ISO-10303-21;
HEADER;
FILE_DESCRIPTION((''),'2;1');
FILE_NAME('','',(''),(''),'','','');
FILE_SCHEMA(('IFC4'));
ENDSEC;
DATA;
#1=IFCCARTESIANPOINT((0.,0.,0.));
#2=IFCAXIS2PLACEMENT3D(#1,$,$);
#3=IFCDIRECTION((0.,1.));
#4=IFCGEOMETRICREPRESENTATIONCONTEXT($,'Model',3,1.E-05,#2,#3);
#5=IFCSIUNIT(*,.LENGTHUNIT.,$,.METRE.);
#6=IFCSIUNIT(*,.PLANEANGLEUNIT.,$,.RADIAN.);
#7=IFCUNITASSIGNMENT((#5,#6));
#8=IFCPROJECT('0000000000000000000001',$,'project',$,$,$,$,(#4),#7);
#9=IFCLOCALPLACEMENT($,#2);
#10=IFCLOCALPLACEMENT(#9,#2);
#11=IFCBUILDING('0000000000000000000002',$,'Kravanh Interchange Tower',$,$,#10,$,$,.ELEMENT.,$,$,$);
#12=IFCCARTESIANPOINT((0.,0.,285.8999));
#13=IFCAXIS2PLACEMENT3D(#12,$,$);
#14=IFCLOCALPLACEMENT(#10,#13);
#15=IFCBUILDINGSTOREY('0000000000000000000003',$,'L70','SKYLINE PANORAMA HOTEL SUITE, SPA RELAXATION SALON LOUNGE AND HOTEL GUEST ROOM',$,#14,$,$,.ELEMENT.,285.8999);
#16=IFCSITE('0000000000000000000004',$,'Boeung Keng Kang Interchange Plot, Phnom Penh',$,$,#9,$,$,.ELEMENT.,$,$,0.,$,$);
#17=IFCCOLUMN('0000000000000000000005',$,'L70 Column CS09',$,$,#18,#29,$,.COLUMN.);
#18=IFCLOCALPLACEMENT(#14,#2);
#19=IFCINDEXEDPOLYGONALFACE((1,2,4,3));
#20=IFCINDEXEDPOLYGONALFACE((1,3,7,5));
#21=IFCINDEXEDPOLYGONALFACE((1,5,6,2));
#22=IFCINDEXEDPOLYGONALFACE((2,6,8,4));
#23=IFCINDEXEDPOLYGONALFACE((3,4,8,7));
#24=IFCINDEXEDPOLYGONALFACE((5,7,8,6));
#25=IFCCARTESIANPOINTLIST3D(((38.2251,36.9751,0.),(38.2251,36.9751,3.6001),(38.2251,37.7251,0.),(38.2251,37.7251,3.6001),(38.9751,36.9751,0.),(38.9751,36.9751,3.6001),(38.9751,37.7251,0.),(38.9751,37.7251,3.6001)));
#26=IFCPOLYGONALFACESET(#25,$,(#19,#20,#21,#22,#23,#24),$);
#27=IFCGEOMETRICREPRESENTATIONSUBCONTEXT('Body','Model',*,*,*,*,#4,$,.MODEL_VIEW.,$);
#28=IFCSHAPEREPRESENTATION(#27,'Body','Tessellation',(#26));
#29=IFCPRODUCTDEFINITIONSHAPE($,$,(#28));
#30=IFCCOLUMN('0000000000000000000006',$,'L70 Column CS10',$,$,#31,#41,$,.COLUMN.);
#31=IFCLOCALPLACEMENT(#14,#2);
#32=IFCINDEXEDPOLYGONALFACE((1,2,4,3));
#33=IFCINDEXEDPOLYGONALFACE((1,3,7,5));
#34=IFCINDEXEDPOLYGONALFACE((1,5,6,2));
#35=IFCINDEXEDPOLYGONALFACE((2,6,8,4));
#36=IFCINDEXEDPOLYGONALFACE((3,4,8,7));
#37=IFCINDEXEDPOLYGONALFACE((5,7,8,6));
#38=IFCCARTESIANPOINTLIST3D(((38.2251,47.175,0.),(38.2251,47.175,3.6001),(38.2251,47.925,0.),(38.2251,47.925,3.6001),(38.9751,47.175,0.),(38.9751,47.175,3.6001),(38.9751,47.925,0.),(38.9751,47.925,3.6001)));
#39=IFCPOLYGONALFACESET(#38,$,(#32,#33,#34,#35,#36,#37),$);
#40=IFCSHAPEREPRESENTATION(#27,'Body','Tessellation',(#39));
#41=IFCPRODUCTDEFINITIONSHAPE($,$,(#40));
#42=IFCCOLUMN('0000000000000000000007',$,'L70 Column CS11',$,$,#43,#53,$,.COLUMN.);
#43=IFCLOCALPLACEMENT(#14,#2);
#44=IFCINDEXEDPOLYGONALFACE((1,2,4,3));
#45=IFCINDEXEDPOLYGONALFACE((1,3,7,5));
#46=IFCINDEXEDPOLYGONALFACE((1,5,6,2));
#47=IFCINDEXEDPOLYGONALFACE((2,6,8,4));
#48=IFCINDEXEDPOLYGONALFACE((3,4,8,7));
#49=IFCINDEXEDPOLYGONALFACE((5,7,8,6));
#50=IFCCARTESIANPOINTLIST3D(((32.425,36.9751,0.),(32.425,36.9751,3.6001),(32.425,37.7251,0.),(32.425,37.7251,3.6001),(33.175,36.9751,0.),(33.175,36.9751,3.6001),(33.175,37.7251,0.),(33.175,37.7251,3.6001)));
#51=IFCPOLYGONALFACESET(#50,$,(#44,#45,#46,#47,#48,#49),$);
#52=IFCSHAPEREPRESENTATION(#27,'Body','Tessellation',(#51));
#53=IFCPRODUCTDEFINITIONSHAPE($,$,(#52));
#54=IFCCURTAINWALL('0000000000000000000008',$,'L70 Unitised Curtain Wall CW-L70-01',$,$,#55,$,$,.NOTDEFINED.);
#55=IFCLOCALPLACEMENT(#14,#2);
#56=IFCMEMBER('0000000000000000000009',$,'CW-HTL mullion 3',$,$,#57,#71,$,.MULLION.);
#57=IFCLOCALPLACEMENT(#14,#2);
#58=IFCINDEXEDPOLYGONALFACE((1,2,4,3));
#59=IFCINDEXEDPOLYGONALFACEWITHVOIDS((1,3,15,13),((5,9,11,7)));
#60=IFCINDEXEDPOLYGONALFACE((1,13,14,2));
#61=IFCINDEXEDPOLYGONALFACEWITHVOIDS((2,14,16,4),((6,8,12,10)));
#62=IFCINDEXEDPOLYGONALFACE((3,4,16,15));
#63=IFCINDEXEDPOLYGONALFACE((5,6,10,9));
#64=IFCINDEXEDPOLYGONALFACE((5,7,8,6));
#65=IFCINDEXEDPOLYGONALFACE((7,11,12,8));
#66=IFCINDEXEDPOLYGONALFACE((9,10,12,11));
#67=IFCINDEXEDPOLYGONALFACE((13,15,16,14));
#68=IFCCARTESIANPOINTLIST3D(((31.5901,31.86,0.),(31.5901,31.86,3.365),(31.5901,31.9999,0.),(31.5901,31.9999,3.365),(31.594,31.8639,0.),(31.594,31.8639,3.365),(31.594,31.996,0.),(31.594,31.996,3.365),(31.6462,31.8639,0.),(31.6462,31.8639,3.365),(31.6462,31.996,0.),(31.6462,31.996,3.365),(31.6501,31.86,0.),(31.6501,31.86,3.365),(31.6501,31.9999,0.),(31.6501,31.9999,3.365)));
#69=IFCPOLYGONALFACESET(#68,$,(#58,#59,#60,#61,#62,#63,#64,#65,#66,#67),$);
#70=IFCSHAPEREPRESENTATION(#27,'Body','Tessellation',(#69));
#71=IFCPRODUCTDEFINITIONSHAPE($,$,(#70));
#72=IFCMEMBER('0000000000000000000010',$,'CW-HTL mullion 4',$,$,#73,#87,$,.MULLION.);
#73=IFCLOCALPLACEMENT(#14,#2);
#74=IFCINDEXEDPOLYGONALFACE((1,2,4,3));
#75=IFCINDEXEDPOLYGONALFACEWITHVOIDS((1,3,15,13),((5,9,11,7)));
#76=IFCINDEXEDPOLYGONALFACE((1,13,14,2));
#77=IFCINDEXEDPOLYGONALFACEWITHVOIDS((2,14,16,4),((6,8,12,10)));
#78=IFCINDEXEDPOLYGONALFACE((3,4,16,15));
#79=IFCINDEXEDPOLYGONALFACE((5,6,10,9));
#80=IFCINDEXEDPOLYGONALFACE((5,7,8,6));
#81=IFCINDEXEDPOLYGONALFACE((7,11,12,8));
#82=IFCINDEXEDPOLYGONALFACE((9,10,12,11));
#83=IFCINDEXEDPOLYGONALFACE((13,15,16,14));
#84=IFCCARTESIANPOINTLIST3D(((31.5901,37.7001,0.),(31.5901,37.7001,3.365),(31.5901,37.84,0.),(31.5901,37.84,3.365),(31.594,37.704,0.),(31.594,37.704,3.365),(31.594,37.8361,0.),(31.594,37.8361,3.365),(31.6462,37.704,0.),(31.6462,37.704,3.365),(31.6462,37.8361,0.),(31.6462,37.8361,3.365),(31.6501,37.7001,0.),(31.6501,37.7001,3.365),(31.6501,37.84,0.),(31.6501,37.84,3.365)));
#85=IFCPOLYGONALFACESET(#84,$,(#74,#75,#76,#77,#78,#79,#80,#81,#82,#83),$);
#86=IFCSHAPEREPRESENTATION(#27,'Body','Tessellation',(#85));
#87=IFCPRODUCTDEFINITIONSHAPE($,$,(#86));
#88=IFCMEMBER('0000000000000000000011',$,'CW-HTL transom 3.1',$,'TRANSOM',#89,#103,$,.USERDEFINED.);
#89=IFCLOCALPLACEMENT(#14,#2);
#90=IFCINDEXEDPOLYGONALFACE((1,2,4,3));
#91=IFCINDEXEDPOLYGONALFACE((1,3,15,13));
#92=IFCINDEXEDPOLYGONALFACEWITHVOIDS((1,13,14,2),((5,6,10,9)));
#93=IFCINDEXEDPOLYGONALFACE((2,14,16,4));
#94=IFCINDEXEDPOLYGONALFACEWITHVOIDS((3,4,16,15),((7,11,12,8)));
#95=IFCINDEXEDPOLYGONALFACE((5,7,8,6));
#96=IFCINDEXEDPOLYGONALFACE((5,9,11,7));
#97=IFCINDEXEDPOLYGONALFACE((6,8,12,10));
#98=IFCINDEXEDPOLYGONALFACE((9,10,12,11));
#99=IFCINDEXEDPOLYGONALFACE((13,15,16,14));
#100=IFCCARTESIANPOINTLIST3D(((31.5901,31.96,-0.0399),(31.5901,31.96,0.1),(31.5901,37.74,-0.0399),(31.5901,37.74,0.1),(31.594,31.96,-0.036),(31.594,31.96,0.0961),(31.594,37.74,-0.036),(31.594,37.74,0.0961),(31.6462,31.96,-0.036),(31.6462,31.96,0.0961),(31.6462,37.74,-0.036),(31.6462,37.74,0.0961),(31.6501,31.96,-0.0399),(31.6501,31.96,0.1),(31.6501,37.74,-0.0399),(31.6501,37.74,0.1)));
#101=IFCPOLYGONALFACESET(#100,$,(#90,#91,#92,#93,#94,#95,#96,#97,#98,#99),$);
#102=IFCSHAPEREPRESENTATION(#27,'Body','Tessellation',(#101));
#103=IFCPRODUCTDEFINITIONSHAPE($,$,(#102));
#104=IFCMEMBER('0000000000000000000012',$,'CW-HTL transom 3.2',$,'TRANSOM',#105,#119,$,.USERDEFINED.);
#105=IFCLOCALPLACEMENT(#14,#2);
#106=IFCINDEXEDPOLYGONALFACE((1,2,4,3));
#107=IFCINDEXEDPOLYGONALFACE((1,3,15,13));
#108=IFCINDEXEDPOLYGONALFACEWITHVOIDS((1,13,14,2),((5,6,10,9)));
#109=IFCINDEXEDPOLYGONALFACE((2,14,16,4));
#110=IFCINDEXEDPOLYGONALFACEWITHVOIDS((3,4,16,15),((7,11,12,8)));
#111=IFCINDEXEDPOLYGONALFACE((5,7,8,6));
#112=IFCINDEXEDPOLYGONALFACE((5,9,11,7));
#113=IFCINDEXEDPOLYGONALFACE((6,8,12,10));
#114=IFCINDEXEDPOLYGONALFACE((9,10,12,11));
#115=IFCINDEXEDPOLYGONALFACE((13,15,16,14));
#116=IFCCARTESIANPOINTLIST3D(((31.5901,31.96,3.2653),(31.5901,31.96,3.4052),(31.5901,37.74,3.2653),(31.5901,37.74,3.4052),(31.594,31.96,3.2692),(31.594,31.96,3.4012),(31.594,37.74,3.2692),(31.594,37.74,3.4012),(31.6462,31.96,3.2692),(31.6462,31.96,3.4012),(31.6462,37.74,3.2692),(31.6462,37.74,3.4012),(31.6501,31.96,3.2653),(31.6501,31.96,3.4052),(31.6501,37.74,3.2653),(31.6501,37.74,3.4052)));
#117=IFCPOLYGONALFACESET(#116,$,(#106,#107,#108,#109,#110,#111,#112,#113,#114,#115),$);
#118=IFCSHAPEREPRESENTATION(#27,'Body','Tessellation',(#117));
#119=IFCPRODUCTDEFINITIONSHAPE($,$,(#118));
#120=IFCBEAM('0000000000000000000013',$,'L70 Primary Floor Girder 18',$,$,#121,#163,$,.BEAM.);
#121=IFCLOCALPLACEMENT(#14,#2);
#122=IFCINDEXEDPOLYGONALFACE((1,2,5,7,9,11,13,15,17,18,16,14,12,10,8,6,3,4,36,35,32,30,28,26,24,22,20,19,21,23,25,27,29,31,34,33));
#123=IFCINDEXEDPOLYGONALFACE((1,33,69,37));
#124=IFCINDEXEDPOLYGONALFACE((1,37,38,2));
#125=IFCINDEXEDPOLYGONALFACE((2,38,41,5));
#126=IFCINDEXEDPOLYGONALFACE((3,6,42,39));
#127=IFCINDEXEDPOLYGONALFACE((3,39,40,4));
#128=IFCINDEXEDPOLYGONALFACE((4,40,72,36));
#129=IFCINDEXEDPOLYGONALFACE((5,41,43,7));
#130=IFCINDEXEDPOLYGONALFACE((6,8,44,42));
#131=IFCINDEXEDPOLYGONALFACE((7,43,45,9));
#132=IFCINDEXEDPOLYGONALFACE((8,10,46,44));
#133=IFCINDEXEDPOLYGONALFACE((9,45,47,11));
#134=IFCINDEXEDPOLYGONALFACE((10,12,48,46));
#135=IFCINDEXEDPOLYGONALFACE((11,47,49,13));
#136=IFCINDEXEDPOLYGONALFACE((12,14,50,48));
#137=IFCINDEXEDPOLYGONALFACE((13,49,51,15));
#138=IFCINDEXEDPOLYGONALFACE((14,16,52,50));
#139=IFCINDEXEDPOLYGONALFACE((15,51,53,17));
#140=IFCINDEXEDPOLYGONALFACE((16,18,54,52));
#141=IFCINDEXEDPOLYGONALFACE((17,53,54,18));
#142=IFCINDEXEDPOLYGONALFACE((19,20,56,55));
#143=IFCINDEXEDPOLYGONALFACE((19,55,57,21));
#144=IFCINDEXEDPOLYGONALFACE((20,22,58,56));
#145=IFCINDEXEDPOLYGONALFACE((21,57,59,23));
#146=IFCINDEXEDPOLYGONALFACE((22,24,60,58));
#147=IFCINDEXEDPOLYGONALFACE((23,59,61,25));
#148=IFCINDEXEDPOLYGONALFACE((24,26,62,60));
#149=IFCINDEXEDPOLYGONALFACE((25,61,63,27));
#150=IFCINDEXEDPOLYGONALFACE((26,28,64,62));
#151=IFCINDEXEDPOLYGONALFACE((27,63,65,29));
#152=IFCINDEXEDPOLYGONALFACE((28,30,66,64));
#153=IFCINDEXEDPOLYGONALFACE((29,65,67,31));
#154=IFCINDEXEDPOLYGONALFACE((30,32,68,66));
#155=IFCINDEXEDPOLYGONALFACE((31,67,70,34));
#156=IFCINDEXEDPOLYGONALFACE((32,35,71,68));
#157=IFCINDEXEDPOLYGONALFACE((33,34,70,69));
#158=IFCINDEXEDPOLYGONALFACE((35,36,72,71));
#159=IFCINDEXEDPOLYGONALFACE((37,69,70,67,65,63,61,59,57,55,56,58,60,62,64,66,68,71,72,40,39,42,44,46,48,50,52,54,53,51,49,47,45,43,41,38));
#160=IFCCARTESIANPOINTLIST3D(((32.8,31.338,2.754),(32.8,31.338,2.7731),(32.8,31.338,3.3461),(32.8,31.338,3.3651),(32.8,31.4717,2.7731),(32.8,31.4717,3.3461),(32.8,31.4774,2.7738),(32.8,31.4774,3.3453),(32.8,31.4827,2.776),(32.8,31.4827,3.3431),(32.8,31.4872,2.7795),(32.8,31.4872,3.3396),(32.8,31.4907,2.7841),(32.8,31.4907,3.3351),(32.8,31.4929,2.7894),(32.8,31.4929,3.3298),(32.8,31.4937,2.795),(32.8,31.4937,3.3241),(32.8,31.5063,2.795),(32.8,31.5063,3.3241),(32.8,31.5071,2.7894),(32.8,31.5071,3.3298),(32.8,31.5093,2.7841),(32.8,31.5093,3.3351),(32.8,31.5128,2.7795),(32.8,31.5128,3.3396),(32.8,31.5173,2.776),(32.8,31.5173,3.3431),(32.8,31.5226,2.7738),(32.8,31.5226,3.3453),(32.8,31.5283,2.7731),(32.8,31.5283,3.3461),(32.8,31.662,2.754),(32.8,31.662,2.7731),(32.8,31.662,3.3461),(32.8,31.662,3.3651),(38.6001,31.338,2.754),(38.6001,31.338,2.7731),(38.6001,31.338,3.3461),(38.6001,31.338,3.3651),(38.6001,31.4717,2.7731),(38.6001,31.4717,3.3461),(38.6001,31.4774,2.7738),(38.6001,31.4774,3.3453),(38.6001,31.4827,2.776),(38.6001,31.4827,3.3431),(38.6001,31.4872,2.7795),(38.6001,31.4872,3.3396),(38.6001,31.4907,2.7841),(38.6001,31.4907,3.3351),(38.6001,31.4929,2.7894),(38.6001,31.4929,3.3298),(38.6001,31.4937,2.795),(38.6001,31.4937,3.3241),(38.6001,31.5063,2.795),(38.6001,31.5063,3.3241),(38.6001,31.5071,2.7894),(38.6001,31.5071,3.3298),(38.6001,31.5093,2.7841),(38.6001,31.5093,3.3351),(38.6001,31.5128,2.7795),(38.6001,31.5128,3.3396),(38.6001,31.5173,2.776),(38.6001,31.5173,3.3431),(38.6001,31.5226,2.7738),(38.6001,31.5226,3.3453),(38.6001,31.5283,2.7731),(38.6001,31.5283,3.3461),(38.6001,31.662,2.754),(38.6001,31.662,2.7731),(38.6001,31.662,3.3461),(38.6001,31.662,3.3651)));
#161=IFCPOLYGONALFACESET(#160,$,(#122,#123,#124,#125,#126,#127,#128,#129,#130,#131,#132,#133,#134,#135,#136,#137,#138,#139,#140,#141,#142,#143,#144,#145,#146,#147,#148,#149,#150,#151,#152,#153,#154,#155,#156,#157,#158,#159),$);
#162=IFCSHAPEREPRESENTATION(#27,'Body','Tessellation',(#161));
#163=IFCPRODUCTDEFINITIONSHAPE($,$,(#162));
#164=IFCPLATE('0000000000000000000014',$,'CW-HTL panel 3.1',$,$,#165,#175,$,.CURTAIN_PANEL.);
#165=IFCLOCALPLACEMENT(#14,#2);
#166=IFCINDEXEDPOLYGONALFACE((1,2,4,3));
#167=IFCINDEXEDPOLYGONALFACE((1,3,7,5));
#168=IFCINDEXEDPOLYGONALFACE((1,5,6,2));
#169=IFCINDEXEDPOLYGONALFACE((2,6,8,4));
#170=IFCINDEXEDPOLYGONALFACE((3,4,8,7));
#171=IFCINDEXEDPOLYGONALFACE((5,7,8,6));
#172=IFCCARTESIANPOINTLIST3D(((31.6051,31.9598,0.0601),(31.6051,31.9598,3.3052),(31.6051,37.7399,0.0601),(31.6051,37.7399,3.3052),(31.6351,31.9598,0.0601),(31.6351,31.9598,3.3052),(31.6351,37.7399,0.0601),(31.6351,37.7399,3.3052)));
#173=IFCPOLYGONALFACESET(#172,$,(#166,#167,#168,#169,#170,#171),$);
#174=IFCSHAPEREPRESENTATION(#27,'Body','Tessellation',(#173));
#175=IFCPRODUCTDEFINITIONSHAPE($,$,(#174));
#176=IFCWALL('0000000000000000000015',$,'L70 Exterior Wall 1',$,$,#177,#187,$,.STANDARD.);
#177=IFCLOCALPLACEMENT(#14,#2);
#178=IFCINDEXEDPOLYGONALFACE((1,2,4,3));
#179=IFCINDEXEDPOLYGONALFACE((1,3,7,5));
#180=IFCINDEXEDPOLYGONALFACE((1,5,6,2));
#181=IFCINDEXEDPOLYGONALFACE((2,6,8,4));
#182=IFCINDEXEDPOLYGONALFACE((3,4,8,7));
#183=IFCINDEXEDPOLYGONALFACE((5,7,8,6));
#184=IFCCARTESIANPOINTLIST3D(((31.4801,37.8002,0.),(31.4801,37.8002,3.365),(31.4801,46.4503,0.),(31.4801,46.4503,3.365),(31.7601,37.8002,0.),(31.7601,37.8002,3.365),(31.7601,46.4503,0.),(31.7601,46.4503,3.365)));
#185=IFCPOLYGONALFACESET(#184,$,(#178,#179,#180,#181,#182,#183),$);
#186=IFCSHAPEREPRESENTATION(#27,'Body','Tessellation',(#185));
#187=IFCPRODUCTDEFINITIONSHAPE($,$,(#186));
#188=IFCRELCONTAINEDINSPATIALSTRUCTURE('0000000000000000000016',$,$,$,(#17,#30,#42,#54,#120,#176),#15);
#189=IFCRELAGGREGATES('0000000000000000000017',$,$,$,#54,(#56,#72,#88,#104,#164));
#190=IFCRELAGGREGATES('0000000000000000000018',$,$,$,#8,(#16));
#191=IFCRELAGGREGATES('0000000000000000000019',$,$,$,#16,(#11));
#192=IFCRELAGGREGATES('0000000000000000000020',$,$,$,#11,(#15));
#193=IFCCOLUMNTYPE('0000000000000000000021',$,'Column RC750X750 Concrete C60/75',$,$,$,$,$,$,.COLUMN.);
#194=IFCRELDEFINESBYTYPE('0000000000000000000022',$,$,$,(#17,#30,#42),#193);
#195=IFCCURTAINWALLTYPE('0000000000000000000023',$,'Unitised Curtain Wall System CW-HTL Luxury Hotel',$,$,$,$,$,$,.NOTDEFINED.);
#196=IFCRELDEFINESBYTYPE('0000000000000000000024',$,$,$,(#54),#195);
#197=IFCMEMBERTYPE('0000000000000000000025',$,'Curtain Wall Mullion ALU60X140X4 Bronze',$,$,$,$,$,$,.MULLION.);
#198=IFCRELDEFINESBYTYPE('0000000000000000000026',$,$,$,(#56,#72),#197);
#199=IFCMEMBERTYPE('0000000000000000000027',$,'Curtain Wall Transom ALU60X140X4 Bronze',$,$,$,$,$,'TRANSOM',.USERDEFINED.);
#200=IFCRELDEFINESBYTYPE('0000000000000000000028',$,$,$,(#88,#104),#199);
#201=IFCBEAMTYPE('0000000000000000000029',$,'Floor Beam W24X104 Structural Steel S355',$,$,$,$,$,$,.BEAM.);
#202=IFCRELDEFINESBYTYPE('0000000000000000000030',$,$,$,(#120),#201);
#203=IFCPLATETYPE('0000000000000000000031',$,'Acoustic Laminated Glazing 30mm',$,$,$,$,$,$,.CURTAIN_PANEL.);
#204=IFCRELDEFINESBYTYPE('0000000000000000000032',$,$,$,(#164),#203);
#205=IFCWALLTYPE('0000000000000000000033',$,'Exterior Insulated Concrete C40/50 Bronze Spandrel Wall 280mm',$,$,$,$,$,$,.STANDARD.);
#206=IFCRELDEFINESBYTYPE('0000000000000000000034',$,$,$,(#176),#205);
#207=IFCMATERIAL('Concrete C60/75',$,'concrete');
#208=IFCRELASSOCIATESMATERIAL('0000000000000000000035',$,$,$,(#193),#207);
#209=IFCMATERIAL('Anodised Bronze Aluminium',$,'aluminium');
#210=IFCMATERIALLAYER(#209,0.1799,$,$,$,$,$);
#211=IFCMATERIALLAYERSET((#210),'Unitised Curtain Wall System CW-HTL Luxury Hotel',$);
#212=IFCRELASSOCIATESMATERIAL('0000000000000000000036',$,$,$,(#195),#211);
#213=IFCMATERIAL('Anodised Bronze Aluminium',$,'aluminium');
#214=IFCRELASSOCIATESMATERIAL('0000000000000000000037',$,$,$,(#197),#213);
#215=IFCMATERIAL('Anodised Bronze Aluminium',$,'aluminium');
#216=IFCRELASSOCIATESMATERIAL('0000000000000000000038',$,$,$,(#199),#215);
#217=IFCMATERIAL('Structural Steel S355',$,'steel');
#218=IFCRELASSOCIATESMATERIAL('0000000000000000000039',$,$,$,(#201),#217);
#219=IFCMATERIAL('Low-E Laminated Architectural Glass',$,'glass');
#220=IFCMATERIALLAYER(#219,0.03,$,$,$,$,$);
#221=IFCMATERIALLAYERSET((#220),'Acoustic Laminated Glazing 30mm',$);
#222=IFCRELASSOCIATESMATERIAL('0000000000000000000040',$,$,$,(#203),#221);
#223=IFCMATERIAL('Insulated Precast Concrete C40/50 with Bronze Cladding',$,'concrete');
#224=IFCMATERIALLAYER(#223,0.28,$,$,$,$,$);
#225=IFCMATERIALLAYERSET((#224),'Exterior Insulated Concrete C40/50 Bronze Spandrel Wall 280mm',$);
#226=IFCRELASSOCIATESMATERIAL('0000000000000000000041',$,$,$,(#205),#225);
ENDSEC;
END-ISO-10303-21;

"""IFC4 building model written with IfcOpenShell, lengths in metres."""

from ifc_helpers import new_model, si_unit, direction, frame, frame_2d, origin, origin_2d, place, context, subcontext, project, spatial, rectangle, hollow_rectangle, i_section, extrude, material, layer, layer_set, material_profile, profile_set, type_object, element, aggregate, save


model = new_model("IFC4")

# Units and contexts
model_context = context("Model", 3, precision=1e-05, world=origin(), true_north=direction((0.0, 1.0)))
body_context = subcontext(model_context, "Body", "Model", "MODEL_VIEW")
ifc_project = project(units=[si_unit("LENGTHUNIT", "METRE"), si_unit("PLANEANGLEUNIT", "RADIAN")], contexts=[model_context])

# Site, building, storey
site_placement = place(None, origin())
site = spatial("IfcSite", under=ifc_project, at=site_placement, Name="Boeung Keng Kang Interchange Plot, Phnom Penh", CompositionType="ELEMENT", RefElevation=0.0)
building_placement = place(site_placement, origin())
building = spatial("IfcBuilding", under=site, at=building_placement, Name="Kravanh Interchange Tower", CompositionType="ELEMENT")
storey_placement = place(building_placement, frame((0.0, 0.0, 285.8999)))
storey = spatial("IfcBuildingStorey", under=building, at=storey_placement, Name="L70", Description="SKYLINE PANORAMA HOTEL SUITE, SPA RELAXATION SALON LOUNGE AND HOTEL GUEST ROOM", CompositionType="ELEMENT", Elevation=285.8999)

# Columns
ifc_material_1 = material(Name="Concrete C60/75", Category="concrete")
ifc_material_profile_1 = material_profile(ifc_material_1, rectangle(XDim=0.75, YDim=0.75, at=origin_2d()), Name="RC750X750")
ifc_profile_set_1 = profile_set([ifc_material_profile_1], Name="Concrete C60/75")
column_type = type_object("IfcColumnType", Name="Column RC750X750 Concrete C60/75", PredefinedType="COLUMN", material=ifc_profile_set_1)
for number, where, z_axis, x_axis, name in (
    (1, (38.6001, 37.3501, 0.0), (0.0, 0.0, 1.0), (1.0, 0.0, 0.0), "L70 Column CS09"),
    (2, (38.6001, 47.55, 0.0), (0.0, 0.0, 1.0), (1.0, 0.0, 0.0), "L70 Column CS10"),
    (3, (32.8, 37.3501, 0.0), (0.0, 0.0, 1.0), (1.0, 0.0, 0.0), "L70 Column CS11"),
):
    element("IfcColumn", number, at=place(storey_placement, frame(where, z_axis=z_axis, x_axis=x_axis)), inside=storey, type_object=column_type, Name=name, PredefinedType="COLUMN", context=body_context, shape_type="SweptSolid", body=[
        extrude(rectangle(XDim=0.75, YDim=0.75, at=origin_2d()), origin(), (0.0, 0.0, 1.0), 3.6001),
    ])

# Curtain wall, members
ifc_material_2 = material(Name="Anodised Bronze Aluminium", Category="aluminium")
ifc_layer_1 = layer(ifc_material_2, 0.1799)
ifc_layer_set_1 = layer_set([ifc_layer_1], Name="Unitised Curtain Wall System CW-HTL Luxury Hotel")
curtain_wall_type = type_object("IfcCurtainWallType", Name="Unitised Curtain Wall System CW-HTL Luxury Hotel", PredefinedType="NOTDEFINED", material=ifc_layer_set_1)
curtain_wall_placement = place(storey_placement, origin())
curtain_wall = element("IfcCurtainWall", 4, at=curtain_wall_placement, inside=storey, type_object=curtain_wall_type, Name="L70 Unitised Curtain Wall CW-L70-01", PredefinedType="NOTDEFINED")
ifc_material_3 = material(Name="Anodised Bronze Aluminium", Category="aluminium")
ifc_material_profile_2 = material_profile(ifc_material_3, hollow_rectangle(XDim=0.0601, YDim=0.1399, WallThickness=0.0039, at=origin_2d()), Name="ALU60X140X4")
ifc_profile_set_2 = profile_set([ifc_material_profile_2], Name="Anodised Bronze Aluminium")
member_type_1 = type_object("IfcMemberType", Name="Curtain Wall Mullion ALU60X140X4 Bronze", PredefinedType="MULLION", material=ifc_profile_set_2)
member_1_placement = place(storey_placement, frame((31.6201, 31.9299, 0.0), z_axis=(0.0, 0.0, 1.0), x_axis=(-1.0, 0.0, 0.0)))
member_1 = element("IfcMember", 5, at=member_1_placement, type_object=member_type_1, Name="CW-HTL mullion 3", PredefinedType="MULLION", context=body_context, shape_type="SweptSolid", body=[
    extrude(hollow_rectangle(XDim=0.0601, YDim=0.1399, WallThickness=0.0039, at=origin_2d()), origin(), (0.0, 0.0, 1.0), 3.365),
])
member_2_placement = place(storey_placement, frame((31.6201, 37.77, 0.0), z_axis=(0.0, 0.0, 1.0), x_axis=(-1.0, 0.0, 0.0)))
member_2 = element("IfcMember", 6, at=member_2_placement, type_object=member_type_1, Name="CW-HTL mullion 4", PredefinedType="MULLION", context=body_context, shape_type="SweptSolid", body=[
    extrude(hollow_rectangle(XDim=0.0601, YDim=0.1399, WallThickness=0.0039, at=origin_2d()), origin(), (0.0, 0.0, 1.0), 3.365),
])
ifc_material_4 = material(Name="Anodised Bronze Aluminium", Category="aluminium")
ifc_material_profile_3 = material_profile(ifc_material_4, hollow_rectangle(XDim=0.0601, YDim=0.1399, WallThickness=0.0039, at=origin_2d()), Name="ALU60X140X4")
ifc_profile_set_3 = profile_set([ifc_material_profile_3], Name="Anodised Bronze Aluminium")
member_type_2 = type_object("IfcMemberType", Name="Curtain Wall Transom ALU60X140X4 Bronze", ElementType="TRANSOM", PredefinedType="USERDEFINED", material=ifc_profile_set_3)
member_3_placement = place(storey_placement, frame((31.6201, 31.96, 0.03), z_axis=(0.0, 1.0, 0.0), x_axis=(-1.0, 0.0, 0.0)))
member_3 = element("IfcMember", 7, at=member_3_placement, type_object=member_type_2, Name="CW-HTL transom 3.1", ObjectType="TRANSOM", PredefinedType="USERDEFINED", context=body_context, shape_type="SweptSolid", body=[
    extrude(hollow_rectangle(XDim=0.0601, YDim=0.1399, WallThickness=0.0039, at=origin_2d()), origin(), (0.0, 0.0, 1.0), 5.78),
])
member_4_placement = place(storey_placement, frame((31.6201, 31.96, 3.3352), z_axis=(0.0, 1.0, 0.0), x_axis=(-1.0, 0.0, 0.0)))
member_4 = element("IfcMember", 8, at=member_4_placement, type_object=member_type_2, Name="CW-HTL transom 3.2", ObjectType="TRANSOM", PredefinedType="USERDEFINED", context=body_context, shape_type="SweptSolid", body=[
    extrude(hollow_rectangle(XDim=0.0601, YDim=0.1399, WallThickness=0.0039, at=origin_2d()), origin(), (0.0, 0.0, 1.0), 5.78),
])

# Beam
ifc_material_5 = material(Name="Structural Steel S355", Category="steel")
ifc_material_profile_4 = material_profile(ifc_material_5, i_section(OverallWidth=0.324, OverallDepth=0.6111, WebThickness=0.0127, FlangeThickness=0.019, FilletRadius=0.022, at=origin_2d()), Name="W24X104")
ifc_profile_set_4 = profile_set([ifc_material_profile_4], Name="Structural Steel S355")
beam_type = type_object("IfcBeamType", Name="Floor Beam W24X104 Structural Steel S355", PredefinedType="BEAM", material=ifc_profile_set_4)
beam_placement = place(storey_placement, frame((38.6001, 31.5, 3.0596), z_axis=(-1.0, 0.0, 0.0), x_axis=(0.0, -1.0, 0.0)))
element("IfcBeam", 9, at=beam_placement, inside=storey, type_object=beam_type, Name="L70 Primary Floor Girder 18", PredefinedType="BEAM", context=body_context, shape_type="SweptSolid", body=[
    extrude(i_section(OverallWidth=0.324, OverallDepth=0.6111, WebThickness=0.0127, FlangeThickness=0.019, FilletRadius=0.022, at=origin_2d()), origin(), (0.0, 0.0, 1.0), 5.8),
])

# Plate
ifc_material_6 = material(Name="Low-E Laminated Architectural Glass", Category="glass")
ifc_layer_2 = layer(ifc_material_6, 0.03)
ifc_layer_set_2 = layer_set([ifc_layer_2], Name="Acoustic Laminated Glazing 30mm")
plate_type = type_object("IfcPlateType", Name="Acoustic Laminated Glazing 30mm", PredefinedType="CURTAIN_PANEL", material=ifc_layer_set_2)
plate_placement = place(storey_placement, frame((31.6201, 34.8499, 0.0601), z_axis=(0.0, 0.0, 1.0), x_axis=(0.0, 1.0, 0.0)))
plate = element("IfcPlate", 10, at=plate_placement, type_object=plate_type, Name="CW-HTL panel 3.1", PredefinedType="CURTAIN_PANEL", context=body_context, shape_type="SweptSolid", body=[
    extrude(rectangle(XDim=5.78, YDim=0.03, at=origin_2d()), origin(), (0.0, 0.0, 1.0), 3.2451),
])
aggregate(curtain_wall, [member_1, member_2, member_3, member_4, plate])

# Wall
ifc_material_7 = material(Name="Insulated Precast Concrete C40/50 with Bronze Cladding", Category="concrete")
ifc_layer_3 = layer(ifc_material_7, 0.28)
ifc_layer_set_3 = layer_set([ifc_layer_3], Name="Exterior Insulated Concrete C40/50 Bronze Spandrel Wall 280mm")
wall_type_1 = type_object("IfcWallType", Name="Exterior Insulated Concrete C40/50 Bronze Spandrel Wall 280mm", PredefinedType="STANDARD", material=ifc_layer_set_3)
wall_1_placement = place(storey_placement, frame((31.6201, 37.8, 0.0), z_axis=(0.0, 0.0, 1.0), x_axis=(0.0, 1.0, 0.0)))
element("IfcWall", 11, at=wall_1_placement, inside=storey, type_object=wall_type_1, Name="L70 Exterior Wall 1", PredefinedType="STANDARD", context=body_context, shape_type="SweptSolid", body=[
    extrude(rectangle(XDim=8.6501, YDim=0.28, at=frame_2d((4.3252, 0.0))), origin(), (0.0, 0.0, 1.0), 3.365),
])

save(model, "model.ifc")
